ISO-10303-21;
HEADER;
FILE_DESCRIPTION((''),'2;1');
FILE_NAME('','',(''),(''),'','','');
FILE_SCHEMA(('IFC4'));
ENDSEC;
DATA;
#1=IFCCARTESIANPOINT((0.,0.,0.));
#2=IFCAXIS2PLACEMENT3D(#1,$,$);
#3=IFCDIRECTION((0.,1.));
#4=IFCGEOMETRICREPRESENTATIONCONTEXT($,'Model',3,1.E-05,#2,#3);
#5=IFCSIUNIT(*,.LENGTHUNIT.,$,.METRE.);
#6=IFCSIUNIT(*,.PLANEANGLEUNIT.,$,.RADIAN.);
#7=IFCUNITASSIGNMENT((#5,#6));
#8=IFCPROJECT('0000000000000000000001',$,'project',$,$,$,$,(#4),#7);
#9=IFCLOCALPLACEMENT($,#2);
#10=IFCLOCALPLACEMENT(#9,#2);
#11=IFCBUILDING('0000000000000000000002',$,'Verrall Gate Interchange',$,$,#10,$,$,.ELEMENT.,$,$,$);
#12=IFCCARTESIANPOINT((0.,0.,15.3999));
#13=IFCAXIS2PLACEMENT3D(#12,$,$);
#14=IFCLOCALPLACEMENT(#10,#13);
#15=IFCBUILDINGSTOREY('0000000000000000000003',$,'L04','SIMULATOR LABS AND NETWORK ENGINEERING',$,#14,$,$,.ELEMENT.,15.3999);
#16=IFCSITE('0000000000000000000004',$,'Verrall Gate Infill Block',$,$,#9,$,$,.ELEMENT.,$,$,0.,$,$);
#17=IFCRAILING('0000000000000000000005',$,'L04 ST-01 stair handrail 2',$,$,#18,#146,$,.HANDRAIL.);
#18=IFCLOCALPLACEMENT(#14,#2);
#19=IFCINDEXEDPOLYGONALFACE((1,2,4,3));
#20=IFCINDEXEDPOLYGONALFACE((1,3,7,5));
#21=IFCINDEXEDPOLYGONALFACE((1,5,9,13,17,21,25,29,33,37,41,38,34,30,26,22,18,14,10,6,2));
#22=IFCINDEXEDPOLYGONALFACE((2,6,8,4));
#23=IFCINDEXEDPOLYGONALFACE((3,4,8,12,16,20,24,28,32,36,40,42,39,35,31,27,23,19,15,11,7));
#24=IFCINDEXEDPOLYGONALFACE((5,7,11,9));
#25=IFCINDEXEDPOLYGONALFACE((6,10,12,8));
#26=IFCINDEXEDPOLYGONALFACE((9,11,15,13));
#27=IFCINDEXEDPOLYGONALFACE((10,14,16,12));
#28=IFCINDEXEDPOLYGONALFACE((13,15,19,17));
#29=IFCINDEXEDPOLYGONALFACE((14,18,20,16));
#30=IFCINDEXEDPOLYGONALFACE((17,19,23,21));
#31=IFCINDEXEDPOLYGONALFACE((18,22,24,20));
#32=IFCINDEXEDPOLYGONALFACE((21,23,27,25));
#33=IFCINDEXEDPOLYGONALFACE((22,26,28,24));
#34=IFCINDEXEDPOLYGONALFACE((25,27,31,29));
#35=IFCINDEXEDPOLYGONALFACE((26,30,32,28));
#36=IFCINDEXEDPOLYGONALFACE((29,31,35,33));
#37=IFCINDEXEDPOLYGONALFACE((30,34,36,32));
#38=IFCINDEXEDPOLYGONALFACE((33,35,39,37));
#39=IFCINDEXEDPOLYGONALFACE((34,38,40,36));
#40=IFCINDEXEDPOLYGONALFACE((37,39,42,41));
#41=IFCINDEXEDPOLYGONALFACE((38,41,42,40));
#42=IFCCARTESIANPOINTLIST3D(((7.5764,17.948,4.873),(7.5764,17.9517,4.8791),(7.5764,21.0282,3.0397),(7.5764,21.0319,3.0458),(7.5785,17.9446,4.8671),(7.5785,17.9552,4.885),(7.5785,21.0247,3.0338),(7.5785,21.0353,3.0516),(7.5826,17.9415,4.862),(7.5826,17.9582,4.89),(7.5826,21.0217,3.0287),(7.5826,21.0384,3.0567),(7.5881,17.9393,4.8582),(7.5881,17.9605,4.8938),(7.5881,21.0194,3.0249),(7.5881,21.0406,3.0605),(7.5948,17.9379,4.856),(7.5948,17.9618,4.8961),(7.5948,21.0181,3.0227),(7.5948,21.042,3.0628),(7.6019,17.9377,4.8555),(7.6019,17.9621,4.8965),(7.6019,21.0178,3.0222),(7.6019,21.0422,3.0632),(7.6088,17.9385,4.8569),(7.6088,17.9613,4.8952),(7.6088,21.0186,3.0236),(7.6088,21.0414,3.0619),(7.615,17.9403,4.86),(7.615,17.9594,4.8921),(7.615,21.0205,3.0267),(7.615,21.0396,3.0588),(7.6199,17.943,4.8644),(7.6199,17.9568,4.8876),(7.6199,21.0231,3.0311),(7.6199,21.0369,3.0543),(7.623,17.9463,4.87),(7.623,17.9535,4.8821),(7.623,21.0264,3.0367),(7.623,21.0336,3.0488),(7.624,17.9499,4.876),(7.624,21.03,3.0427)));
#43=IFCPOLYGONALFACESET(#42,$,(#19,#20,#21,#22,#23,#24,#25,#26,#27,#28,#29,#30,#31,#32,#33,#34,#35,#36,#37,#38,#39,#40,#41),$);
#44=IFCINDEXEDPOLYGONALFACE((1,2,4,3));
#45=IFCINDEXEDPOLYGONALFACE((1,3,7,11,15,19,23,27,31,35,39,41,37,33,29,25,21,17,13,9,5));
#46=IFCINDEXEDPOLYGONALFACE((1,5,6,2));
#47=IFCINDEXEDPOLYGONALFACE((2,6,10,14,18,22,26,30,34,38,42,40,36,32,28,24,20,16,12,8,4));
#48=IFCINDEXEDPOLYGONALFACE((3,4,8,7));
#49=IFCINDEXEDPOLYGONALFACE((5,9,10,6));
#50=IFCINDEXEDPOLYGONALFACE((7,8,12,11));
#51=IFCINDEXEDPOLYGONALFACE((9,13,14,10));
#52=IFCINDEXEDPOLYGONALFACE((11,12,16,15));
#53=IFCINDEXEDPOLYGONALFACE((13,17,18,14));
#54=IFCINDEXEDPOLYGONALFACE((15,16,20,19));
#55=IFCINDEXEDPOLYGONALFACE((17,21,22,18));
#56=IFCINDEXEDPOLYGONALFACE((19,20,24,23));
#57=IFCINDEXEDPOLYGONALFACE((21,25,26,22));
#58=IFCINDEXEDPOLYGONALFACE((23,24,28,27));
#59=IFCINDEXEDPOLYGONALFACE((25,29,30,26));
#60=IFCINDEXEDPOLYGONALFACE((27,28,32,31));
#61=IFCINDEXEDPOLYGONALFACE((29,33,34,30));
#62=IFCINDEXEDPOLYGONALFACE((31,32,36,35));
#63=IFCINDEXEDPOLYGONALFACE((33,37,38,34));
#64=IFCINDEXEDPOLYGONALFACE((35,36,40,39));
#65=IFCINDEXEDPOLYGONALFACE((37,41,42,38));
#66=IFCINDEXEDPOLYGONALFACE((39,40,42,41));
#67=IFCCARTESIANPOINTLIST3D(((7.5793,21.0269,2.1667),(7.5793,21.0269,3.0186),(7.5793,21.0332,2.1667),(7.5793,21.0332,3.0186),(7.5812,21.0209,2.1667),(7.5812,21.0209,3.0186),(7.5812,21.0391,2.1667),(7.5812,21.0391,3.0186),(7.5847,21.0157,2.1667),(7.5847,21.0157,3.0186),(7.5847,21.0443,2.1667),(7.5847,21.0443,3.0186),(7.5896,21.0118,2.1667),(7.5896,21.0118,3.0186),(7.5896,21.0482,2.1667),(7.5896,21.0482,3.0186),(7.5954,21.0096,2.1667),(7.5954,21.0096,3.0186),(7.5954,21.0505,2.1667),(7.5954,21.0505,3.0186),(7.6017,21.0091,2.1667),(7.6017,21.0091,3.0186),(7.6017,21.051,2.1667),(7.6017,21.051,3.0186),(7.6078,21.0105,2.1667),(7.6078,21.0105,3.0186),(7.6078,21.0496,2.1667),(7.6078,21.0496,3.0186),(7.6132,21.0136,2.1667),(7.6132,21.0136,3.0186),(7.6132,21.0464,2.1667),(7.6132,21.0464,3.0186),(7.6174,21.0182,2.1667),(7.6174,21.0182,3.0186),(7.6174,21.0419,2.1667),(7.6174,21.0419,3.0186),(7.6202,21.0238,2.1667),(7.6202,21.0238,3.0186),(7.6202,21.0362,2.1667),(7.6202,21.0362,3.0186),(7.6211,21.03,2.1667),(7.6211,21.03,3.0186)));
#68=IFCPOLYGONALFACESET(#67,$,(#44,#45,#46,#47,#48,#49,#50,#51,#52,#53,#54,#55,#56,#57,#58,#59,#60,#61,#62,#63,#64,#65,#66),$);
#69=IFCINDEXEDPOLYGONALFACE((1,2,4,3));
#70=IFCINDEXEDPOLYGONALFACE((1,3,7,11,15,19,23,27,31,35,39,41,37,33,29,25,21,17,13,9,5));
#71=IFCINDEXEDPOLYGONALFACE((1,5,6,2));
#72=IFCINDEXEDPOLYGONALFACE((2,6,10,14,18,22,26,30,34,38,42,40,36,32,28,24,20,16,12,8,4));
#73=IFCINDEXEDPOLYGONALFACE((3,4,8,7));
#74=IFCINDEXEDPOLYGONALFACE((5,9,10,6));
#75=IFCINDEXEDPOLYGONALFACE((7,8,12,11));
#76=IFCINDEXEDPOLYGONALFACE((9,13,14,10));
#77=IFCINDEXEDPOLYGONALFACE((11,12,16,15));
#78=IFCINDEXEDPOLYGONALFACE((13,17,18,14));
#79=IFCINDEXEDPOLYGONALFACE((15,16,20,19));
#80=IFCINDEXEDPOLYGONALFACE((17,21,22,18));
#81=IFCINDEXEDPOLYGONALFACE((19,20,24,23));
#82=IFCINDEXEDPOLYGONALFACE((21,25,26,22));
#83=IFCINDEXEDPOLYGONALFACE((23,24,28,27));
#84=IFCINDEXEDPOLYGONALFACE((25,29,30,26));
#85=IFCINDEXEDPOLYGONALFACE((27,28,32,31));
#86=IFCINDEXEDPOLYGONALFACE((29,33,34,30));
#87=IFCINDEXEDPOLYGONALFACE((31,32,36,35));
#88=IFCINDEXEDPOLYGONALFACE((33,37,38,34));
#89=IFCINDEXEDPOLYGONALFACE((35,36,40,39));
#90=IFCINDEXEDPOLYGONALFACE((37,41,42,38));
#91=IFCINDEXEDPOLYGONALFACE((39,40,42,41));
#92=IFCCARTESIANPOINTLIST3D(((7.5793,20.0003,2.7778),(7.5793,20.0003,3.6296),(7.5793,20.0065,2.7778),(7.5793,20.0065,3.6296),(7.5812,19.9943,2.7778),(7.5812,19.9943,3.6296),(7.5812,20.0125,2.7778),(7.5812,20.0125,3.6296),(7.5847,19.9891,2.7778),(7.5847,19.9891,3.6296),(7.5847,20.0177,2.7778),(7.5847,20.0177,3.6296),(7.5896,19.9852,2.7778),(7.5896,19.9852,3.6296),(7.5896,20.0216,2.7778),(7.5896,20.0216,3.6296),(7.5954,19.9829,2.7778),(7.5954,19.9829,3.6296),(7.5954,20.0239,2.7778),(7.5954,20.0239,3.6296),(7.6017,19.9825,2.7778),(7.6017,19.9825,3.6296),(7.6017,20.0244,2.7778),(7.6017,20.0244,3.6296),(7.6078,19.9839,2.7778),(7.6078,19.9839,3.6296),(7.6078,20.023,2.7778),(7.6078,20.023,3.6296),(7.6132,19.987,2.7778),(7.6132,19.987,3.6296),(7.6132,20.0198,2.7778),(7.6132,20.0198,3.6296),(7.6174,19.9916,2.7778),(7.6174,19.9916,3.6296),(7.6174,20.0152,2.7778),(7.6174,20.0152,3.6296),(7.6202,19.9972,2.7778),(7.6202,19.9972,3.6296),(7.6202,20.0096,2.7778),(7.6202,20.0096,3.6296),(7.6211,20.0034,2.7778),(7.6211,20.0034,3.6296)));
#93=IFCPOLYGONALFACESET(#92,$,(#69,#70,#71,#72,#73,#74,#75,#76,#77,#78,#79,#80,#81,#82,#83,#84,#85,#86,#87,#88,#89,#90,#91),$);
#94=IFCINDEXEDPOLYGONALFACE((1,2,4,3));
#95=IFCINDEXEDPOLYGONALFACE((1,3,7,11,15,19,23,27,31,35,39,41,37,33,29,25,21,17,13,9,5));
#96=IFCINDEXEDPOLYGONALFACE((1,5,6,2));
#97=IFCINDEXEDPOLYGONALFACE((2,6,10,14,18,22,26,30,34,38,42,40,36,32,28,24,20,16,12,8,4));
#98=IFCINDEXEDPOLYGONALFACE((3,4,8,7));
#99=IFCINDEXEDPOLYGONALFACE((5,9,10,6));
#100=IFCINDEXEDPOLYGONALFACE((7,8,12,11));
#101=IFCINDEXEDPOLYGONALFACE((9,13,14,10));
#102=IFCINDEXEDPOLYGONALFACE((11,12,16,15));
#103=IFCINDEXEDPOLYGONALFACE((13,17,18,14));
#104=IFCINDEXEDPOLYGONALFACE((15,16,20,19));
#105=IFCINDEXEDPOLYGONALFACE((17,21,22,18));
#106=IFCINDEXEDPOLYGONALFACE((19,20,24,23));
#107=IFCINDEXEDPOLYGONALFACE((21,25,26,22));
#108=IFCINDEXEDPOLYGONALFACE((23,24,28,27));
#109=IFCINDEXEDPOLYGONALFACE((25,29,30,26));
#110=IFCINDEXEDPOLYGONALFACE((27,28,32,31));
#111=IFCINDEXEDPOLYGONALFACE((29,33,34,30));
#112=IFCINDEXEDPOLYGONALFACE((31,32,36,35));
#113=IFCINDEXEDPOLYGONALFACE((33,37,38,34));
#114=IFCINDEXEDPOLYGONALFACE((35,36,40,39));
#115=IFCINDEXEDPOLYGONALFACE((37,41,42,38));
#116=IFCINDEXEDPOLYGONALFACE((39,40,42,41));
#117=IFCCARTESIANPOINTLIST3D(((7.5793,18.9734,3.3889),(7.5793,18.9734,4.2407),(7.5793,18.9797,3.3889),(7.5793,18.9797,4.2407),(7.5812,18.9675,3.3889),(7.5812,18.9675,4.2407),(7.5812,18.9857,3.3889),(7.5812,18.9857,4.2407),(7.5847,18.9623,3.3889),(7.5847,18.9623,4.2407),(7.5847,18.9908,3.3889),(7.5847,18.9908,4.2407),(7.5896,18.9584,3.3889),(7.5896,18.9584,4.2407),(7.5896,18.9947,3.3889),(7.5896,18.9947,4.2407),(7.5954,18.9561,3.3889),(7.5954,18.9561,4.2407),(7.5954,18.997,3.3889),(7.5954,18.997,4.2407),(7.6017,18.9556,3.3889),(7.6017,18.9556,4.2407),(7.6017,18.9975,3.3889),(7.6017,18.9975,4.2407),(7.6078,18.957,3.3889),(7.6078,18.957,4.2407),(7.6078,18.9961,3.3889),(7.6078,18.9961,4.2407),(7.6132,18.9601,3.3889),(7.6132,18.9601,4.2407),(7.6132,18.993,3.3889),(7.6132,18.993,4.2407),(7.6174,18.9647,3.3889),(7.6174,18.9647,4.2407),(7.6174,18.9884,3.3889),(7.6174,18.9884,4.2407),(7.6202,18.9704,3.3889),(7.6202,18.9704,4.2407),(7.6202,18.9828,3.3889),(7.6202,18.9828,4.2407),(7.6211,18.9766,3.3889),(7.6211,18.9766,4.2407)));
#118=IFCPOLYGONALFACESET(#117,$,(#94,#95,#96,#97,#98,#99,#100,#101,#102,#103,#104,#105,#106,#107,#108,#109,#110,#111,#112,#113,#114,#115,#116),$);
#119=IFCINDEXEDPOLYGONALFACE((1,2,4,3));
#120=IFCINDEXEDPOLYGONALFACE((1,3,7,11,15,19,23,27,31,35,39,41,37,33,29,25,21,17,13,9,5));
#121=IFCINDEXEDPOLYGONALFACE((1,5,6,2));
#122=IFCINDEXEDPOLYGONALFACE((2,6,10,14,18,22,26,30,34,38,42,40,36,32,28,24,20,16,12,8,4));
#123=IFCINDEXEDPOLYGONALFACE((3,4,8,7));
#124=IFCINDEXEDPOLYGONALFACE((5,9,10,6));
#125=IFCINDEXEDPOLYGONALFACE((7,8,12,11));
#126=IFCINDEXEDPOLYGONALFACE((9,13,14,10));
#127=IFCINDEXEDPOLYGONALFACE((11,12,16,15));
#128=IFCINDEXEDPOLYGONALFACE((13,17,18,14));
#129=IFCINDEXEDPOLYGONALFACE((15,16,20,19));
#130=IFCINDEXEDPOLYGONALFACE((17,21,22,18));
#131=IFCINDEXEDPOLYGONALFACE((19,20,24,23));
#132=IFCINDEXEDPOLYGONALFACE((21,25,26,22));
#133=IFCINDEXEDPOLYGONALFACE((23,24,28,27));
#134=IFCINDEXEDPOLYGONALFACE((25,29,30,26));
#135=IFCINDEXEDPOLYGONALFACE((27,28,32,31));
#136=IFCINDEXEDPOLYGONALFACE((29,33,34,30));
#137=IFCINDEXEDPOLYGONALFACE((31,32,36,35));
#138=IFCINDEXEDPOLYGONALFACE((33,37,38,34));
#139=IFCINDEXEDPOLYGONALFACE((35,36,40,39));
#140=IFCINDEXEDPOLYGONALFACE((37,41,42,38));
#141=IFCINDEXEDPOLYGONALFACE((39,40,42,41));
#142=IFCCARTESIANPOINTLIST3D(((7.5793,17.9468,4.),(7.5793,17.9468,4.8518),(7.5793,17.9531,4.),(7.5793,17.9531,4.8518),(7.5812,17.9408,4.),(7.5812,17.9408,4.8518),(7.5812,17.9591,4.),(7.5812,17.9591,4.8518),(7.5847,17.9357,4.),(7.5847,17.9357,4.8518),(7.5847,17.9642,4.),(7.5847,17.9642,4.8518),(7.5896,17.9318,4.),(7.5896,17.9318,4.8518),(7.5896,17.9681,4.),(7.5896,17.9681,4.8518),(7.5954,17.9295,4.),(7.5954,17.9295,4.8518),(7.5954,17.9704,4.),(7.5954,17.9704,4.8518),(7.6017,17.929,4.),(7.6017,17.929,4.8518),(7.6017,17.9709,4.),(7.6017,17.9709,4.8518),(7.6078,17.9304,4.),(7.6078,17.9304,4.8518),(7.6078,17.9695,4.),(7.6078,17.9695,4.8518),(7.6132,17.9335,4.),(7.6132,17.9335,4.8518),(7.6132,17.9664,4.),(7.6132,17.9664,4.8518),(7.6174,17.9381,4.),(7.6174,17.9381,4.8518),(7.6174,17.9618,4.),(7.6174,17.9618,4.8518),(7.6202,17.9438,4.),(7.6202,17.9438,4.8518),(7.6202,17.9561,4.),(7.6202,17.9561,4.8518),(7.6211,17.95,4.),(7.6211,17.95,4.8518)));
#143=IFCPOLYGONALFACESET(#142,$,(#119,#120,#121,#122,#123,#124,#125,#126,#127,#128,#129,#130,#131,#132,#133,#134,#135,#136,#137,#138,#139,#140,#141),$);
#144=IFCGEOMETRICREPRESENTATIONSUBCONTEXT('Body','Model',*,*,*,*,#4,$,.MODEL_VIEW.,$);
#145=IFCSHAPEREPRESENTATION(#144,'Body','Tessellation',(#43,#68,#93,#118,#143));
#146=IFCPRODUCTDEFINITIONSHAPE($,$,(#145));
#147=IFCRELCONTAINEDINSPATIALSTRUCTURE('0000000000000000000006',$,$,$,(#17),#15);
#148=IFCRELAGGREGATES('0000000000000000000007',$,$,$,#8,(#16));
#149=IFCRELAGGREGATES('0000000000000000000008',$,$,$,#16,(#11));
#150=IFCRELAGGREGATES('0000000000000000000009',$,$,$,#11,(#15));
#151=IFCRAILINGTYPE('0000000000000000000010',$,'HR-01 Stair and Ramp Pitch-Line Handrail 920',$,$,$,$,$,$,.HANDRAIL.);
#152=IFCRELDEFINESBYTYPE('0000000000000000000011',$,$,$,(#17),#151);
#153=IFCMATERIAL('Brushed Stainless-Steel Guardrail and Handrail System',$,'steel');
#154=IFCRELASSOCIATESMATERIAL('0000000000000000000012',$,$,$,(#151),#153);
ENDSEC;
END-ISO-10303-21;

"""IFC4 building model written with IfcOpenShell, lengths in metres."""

from ifc_helpers import new_model, si_unit, direction, frame, origin, origin_2d, place, context, subcontext, project, spatial, circle, extrude, material, type_object, element, save


model = new_model("IFC4")

# Units and contexts
model_context = context("Model", 3, precision=1e-05, world=origin(), true_north=direction((0.0, 1.0)))
body_context = subcontext(model_context, "Body", "Model", "MODEL_VIEW")
ifc_project = project(units=[si_unit("LENGTHUNIT", "METRE"), si_unit("PLANEANGLEUNIT", "RADIAN")], contexts=[model_context])

# Site, building, storey
site_placement = place(None, origin())
site = spatial("IfcSite", under=ifc_project, at=site_placement, Name="Verrall Gate Infill Block", CompositionType="ELEMENT", RefElevation=0.0)
building_placement = place(site_placement, origin())
building = spatial("IfcBuilding", under=site, at=building_placement, Name="Verrall Gate Interchange", CompositionType="ELEMENT")
storey_placement = place(building_placement, frame((0.0, 0.0, 15.3999)))
storey = spatial("IfcBuildingStorey", under=building, at=storey_placement, Name="L04", Description="SIMULATOR LABS AND NETWORK ENGINEERING", CompositionType="ELEMENT", Elevation=15.3999)

# Railing
ifc_material_1 = material(Name="Brushed Stainless-Steel Guardrail and Handrail System", Category="steel")
railing_type_1 = type_object("IfcRailingType", Name="HR-01 Stair and Ramp Pitch-Line Handrail 920", PredefinedType="HANDRAIL", material=ifc_material_1)
railing_1_placement = place(storey_placement, frame((7.6001, 21.03, 2.1667)))
element("IfcRailing", 1, at=railing_1_placement, inside=storey, type_object=railing_type_1, Name="L04 ST-01 stair handrail 2", PredefinedType="HANDRAIL", context=body_context, shape_type="SweptSolid", body=[
    extrude(circle(Radius=0.0239, at=origin_2d()), frame((0.0, 0.0, 0.876), z_axis=(0.0, -0.859309, 0.511458), x_axis=(1.0, 0.0, 0.0)), (0.0, 0.0, 1.0), 3.5845),
    extrude(circle(Radius=0.021, at=origin_2d()), origin(), (0.0, 0.0, 1.0), 0.8518),
    extrude(circle(Radius=0.021, at=origin_2d()), frame((0.0, -1.0266, 0.6111)), (0.0, 0.0, 1.0), 0.8518),
    extrude(circle(Radius=0.021, at=origin_2d()), frame((0.0, -2.0535, 1.2222)), (0.0, 0.0, 1.0), 0.8518),
    extrude(circle(Radius=0.021, at=origin_2d()), frame((0.0, -3.0801, 1.8333)), (0.0, 0.0, 1.0), 0.8518),
])

save(model, "model.ifc")
